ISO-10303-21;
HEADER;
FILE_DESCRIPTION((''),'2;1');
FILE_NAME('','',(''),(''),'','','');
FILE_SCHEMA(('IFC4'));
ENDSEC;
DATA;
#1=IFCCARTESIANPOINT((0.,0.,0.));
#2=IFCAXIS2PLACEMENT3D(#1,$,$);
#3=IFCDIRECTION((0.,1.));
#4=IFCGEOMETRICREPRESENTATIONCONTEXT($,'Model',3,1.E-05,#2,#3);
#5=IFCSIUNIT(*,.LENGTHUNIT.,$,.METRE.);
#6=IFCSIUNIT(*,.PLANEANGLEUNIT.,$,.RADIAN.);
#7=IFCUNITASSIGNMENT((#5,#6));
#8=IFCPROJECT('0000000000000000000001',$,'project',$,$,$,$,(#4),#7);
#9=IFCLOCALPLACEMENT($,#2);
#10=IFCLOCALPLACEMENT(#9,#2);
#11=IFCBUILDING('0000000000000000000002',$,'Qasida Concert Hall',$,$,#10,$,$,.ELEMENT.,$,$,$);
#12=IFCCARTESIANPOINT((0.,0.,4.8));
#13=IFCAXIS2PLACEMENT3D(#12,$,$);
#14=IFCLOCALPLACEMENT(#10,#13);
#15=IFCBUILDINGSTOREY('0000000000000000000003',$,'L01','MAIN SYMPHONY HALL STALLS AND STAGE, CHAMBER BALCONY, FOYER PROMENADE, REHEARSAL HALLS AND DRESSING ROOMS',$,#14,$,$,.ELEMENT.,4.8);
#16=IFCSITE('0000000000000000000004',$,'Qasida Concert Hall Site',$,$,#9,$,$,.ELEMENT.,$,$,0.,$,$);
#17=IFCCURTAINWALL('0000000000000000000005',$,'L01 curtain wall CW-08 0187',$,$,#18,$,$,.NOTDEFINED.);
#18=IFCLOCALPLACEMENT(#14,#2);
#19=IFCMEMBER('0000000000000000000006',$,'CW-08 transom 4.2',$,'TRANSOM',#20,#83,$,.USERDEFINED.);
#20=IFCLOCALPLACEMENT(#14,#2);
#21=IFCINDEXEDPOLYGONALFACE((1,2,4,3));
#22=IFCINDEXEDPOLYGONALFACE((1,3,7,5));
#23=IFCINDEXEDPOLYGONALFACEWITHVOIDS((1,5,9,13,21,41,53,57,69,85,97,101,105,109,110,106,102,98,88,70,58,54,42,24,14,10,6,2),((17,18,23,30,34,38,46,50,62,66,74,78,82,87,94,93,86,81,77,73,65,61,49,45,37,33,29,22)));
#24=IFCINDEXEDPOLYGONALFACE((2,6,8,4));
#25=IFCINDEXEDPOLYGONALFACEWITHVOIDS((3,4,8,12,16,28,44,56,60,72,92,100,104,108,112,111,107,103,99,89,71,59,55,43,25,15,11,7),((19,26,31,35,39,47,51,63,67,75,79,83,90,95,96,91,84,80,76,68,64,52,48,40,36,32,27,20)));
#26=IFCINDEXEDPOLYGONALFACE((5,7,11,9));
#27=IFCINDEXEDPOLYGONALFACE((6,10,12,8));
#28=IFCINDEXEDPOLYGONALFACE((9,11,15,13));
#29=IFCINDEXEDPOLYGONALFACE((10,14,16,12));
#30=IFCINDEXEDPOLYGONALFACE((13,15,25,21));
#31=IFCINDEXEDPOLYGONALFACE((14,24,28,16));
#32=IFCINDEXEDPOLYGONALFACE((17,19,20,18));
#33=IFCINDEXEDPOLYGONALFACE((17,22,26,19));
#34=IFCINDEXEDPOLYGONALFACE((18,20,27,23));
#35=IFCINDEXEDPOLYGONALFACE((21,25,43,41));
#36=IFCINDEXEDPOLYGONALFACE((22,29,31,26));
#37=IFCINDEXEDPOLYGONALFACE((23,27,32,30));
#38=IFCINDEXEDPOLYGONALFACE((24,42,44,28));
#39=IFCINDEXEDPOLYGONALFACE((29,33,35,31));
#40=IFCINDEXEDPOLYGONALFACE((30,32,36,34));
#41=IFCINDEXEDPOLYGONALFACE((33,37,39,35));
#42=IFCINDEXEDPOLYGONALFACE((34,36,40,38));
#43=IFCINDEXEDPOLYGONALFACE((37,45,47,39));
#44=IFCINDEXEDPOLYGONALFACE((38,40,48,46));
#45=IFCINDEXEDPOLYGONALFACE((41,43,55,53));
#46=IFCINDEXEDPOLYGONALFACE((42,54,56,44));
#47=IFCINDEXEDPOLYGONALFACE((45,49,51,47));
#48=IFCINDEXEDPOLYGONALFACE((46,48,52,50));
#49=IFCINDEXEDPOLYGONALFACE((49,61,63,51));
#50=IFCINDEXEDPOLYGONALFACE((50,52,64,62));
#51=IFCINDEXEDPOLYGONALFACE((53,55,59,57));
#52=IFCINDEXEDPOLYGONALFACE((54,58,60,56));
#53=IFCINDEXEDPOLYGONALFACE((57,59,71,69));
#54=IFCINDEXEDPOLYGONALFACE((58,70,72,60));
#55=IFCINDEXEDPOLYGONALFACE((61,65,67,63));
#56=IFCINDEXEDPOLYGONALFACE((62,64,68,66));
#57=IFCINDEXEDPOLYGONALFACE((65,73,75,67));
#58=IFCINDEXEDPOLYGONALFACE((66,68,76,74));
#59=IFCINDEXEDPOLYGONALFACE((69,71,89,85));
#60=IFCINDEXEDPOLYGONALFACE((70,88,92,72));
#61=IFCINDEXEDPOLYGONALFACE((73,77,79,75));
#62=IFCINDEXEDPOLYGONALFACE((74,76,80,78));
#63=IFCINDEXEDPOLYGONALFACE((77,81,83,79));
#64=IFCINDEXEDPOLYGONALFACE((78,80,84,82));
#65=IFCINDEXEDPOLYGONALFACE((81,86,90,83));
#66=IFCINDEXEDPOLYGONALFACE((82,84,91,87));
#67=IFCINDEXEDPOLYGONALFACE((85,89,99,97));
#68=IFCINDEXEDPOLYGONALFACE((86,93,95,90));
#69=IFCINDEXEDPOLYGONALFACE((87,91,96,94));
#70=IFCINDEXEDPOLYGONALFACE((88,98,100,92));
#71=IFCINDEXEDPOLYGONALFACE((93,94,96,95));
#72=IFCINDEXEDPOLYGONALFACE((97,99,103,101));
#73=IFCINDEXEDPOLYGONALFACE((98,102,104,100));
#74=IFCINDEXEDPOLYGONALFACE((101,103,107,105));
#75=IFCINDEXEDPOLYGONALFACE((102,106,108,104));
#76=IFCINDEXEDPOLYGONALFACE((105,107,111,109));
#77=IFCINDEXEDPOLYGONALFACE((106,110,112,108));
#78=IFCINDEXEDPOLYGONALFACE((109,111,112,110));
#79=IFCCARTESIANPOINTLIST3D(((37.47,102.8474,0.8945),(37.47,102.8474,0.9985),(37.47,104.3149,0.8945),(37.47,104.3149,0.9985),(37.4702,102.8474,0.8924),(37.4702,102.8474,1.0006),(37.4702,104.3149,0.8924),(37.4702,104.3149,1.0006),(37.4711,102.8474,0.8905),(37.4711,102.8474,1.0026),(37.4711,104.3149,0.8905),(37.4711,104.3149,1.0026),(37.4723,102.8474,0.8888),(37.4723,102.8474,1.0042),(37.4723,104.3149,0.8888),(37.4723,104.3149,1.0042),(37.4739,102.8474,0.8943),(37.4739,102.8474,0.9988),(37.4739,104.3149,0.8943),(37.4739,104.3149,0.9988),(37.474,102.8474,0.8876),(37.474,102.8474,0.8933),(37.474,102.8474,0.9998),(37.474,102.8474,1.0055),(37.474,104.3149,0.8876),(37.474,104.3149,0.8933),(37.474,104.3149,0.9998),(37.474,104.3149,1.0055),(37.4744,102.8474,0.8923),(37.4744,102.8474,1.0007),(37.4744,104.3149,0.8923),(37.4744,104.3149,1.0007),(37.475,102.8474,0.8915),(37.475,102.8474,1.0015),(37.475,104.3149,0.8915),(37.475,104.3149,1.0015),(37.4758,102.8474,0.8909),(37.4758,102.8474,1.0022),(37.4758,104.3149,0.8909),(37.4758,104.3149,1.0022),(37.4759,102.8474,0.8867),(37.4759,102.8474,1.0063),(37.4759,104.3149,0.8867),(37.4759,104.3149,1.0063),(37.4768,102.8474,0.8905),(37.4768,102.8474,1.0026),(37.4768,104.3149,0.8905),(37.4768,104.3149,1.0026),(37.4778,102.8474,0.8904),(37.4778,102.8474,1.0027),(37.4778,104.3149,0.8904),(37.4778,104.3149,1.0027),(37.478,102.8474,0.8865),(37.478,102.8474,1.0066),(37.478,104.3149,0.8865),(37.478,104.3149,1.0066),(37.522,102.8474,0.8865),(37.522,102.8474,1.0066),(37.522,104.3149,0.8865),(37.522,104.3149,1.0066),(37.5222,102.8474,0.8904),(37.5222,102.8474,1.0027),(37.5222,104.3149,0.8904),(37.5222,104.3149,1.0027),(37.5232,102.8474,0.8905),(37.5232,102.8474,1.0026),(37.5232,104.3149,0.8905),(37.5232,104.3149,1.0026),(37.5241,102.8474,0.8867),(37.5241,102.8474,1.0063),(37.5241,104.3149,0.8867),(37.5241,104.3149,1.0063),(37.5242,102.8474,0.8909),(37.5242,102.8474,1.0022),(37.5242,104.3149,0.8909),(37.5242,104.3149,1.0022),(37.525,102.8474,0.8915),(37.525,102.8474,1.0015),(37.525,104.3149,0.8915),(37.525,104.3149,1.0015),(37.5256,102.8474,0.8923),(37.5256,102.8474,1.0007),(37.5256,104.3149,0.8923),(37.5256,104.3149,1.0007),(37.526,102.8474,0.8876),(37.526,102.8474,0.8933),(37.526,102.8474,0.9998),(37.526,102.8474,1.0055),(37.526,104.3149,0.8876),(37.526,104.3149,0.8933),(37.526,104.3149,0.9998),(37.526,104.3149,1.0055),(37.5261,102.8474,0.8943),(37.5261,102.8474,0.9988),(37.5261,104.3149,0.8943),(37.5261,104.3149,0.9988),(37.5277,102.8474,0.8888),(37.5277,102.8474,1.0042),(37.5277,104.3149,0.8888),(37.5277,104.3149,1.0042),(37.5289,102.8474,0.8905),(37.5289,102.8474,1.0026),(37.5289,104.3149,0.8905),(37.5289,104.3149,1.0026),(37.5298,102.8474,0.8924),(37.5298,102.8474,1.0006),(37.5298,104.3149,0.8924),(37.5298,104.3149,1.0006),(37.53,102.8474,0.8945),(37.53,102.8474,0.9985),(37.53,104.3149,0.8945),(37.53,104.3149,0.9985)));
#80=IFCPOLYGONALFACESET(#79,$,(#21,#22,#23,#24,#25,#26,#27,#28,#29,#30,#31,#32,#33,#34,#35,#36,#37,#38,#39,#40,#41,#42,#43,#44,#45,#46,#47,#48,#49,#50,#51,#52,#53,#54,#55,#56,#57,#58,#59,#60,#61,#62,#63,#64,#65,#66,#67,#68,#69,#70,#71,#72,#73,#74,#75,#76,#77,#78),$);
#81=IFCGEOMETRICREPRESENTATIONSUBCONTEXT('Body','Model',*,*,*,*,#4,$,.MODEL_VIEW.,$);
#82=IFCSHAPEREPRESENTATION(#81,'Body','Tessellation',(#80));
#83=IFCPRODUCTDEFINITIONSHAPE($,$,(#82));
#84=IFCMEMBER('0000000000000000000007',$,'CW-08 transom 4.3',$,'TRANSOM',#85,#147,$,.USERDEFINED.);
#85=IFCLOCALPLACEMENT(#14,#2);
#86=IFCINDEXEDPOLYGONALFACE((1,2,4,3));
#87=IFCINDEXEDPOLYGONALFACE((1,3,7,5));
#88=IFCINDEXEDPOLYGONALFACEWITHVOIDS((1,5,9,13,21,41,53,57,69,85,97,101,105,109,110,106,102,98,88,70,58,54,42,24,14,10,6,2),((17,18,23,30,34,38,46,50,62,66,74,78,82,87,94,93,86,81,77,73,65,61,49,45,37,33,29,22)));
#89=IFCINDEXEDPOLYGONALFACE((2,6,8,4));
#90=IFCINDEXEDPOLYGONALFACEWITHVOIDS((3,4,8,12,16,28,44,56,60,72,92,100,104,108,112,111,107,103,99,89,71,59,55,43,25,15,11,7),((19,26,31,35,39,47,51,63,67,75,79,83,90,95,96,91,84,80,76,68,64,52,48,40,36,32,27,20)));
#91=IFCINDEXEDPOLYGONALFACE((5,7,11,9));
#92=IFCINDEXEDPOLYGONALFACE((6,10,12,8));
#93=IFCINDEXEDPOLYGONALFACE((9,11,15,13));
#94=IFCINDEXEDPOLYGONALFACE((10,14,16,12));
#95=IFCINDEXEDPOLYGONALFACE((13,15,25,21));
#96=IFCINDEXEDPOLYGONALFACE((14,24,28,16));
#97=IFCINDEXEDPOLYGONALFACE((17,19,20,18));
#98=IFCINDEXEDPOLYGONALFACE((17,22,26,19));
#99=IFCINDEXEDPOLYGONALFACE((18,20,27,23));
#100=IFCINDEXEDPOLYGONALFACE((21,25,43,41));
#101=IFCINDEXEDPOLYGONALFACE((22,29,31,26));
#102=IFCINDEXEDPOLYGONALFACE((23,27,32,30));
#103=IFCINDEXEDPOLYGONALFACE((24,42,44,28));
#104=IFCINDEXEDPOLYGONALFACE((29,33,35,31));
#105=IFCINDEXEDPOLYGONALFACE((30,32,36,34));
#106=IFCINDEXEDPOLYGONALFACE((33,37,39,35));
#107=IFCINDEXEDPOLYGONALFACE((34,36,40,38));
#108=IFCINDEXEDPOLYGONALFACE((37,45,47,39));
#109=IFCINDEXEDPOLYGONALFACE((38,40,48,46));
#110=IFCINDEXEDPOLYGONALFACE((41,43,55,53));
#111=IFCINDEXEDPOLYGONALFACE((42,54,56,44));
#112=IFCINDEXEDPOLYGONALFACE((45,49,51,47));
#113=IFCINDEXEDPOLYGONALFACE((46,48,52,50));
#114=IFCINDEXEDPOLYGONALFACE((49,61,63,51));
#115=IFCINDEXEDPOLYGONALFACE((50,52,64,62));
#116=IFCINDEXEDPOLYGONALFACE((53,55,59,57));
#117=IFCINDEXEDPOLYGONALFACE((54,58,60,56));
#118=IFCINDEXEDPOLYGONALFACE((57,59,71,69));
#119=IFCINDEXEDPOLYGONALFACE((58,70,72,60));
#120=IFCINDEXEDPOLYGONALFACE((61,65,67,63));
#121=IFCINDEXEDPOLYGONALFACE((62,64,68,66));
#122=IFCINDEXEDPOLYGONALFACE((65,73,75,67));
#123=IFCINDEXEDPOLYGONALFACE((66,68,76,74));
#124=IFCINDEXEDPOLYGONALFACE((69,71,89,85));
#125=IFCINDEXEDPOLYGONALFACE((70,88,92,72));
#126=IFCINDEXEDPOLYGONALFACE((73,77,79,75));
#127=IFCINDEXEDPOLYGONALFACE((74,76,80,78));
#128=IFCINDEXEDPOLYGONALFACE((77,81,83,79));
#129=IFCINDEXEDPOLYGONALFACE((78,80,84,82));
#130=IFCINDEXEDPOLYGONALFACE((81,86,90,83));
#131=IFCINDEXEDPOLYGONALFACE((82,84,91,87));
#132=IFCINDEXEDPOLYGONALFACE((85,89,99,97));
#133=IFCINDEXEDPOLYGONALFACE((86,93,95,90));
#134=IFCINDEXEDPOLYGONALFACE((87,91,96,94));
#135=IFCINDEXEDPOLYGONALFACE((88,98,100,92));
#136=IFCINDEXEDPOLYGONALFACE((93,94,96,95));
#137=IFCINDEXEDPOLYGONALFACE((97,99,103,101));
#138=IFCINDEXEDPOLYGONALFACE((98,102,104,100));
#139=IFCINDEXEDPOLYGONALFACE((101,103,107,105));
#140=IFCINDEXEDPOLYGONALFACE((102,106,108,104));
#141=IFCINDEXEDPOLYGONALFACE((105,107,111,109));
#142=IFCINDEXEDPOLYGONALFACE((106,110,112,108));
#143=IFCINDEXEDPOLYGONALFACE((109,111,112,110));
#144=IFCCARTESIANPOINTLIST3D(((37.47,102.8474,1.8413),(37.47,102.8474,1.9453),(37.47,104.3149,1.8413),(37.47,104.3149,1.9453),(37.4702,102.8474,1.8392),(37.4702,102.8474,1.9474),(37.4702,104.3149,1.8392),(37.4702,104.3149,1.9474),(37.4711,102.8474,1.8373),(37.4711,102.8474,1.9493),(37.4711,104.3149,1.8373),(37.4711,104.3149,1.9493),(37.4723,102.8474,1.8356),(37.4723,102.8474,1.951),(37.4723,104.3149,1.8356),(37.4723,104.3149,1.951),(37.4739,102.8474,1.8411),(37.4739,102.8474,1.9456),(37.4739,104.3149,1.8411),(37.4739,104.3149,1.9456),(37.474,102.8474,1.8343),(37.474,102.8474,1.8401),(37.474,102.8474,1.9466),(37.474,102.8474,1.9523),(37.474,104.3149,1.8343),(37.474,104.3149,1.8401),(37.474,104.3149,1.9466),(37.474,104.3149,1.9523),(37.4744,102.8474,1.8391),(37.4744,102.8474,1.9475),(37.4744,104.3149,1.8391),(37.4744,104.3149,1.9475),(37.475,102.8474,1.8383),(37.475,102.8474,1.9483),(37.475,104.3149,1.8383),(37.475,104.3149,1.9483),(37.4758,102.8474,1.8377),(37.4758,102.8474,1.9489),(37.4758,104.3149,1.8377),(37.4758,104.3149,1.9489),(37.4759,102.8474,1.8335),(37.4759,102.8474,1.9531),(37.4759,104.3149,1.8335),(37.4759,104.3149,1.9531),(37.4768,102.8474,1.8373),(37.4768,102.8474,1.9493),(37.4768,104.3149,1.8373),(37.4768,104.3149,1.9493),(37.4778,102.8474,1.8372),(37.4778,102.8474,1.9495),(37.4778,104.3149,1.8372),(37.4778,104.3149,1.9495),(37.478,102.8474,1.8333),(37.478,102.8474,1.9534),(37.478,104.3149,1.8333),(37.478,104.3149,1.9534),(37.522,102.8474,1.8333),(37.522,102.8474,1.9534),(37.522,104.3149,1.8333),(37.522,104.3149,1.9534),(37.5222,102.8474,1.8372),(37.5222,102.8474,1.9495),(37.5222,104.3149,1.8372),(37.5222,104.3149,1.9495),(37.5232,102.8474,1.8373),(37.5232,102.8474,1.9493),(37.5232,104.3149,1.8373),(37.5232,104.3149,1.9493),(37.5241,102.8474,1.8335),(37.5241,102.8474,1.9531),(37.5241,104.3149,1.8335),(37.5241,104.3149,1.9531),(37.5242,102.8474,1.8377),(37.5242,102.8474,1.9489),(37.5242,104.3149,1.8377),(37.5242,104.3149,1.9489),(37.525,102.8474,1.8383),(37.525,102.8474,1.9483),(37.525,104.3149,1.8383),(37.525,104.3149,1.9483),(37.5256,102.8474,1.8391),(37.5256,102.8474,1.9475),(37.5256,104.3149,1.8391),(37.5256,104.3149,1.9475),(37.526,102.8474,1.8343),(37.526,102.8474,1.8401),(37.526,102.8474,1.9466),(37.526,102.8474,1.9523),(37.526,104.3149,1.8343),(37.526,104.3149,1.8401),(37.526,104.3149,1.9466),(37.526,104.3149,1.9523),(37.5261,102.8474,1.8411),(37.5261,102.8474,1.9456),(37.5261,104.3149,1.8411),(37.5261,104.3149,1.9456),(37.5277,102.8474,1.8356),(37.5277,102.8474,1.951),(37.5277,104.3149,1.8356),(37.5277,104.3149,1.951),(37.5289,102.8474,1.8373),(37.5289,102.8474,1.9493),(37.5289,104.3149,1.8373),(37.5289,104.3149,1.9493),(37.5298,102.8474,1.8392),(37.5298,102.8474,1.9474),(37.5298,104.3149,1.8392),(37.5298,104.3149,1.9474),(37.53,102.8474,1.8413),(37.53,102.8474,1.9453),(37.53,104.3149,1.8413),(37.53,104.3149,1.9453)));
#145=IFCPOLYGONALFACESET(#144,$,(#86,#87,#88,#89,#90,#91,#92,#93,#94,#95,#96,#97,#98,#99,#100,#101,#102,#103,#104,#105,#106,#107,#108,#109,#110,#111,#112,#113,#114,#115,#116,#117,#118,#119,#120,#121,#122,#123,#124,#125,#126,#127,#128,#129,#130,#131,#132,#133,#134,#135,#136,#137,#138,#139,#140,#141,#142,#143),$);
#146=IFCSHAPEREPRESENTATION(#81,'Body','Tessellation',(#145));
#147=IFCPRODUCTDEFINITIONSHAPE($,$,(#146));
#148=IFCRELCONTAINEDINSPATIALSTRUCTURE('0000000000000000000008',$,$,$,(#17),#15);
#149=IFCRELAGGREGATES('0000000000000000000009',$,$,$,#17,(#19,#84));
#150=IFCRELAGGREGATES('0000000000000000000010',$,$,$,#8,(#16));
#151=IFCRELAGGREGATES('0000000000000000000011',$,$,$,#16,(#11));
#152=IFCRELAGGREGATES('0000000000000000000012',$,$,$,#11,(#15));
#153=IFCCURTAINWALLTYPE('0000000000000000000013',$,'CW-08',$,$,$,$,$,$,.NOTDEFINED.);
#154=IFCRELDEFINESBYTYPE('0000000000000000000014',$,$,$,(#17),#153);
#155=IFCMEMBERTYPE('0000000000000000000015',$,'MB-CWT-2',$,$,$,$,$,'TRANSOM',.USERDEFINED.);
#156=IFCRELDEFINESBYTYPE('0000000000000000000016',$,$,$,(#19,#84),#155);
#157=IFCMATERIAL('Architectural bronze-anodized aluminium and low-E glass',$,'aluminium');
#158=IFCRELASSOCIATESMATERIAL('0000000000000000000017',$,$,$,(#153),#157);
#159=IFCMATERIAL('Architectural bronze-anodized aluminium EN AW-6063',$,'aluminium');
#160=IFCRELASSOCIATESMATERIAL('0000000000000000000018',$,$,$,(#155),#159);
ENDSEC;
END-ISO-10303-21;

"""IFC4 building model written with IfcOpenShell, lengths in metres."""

from ifc_helpers import new_model, si_unit, direction, frame, origin, origin_2d, place, context, subcontext, project, spatial, hollow_rectangle, extrude, material, material_profile, profile_set, type_object, element, aggregate, save


model = new_model("IFC4")

# Units and contexts
model_context = context("Model", 3, precision=1e-05, world=origin(), true_north=direction((0.0, 1.0)))
body_context = subcontext(model_context, "Body", "Model", "MODEL_VIEW")
ifc_project = project(units=[si_unit("LENGTHUNIT", "METRE"), si_unit("PLANEANGLEUNIT", "RADIAN")], contexts=[model_context])

# Site, building, storey
site_placement = place(None, origin())
site = spatial("IfcSite", under=ifc_project, at=site_placement, Name="Qasida Concert Hall Site", CompositionType="ELEMENT", RefElevation=0.0)
building_placement = place(site_placement, origin())
building = spatial("IfcBuilding", under=site, at=building_placement, Name="Qasida Concert Hall", CompositionType="ELEMENT")
storey_placement = place(building_placement, frame((0.0, 0.0, 4.8)))
storey = spatial("IfcBuildingStorey", under=building, at=storey_placement, Name="L01", Description="MAIN SYMPHONY HALL STALLS AND STAGE, CHAMBER BALCONY, FOYER PROMENADE, REHEARSAL HALLS AND DRESSING ROOMS", CompositionType="ELEMENT", Elevation=4.8)

# Curtain wall, members
ifc_material_1 = material(Name="Architectural bronze-anodized aluminium and low-E glass", Category="aluminium")
curtain_wall_type = type_object("IfcCurtainWallType", Name="CW-08", PredefinedType="NOTDEFINED", material=ifc_material_1)
curtain_wall_placement = place(storey_placement, origin())
curtain_wall = element("IfcCurtainWall", 1, at=curtain_wall_placement, inside=storey, type_object=curtain_wall_type, Name="L01 curtain wall CW-08 0187", PredefinedType="NOTDEFINED")
ifc_material_2 = material(Name="Architectural bronze-anodized aluminium EN AW-6063", Category="aluminium")
ifc_material_profile_1 = material_profile(ifc_material_2, hollow_rectangle(XDim=0.0601, YDim=0.1201, WallThickness=0.0039, InnerFilletRadius=0.0039, OuterFilletRadius=0.0081, at=origin_2d()), Name="CWT 120x60x4")
ifc_profile_set_1 = profile_set([ifc_material_profile_1], Name="Architectural bronze-anodized aluminium EN AW-6063")
member_type_1 = type_object("IfcMemberType", Name="MB-CWT-2", ElementType="TRANSOM", PredefinedType="USERDEFINED", material=ifc_profile_set_1)
member_1_placement = place(storey_placement, frame((37.5, 102.8474, 0.9465), z_axis=(0.0, 1.0, 0.0), x_axis=(-1.0, 0.0, 0.0)))
member_1 = element("IfcMember", 2, at=member_1_placement, type_object=member_type_1, Name="CW-08 transom 4.2", ObjectType="TRANSOM", PredefinedType="USERDEFINED", context=body_context, shape_type="SweptSolid", body=[
    extrude(hollow_rectangle(XDim=0.0601, YDim=0.1201, WallThickness=0.0039, InnerFilletRadius=0.0039, OuterFilletRadius=0.0081, at=origin_2d()), origin(), (0.0, 0.0, 1.0), 1.4675),
])
member_2_placement = place(storey_placement, frame((37.5, 102.8474, 1.8933), z_axis=(0.0, 1.0, 0.0), x_axis=(-1.0, 0.0, 0.0)))
member_2 = element("IfcMember", 3, at=member_2_placement, type_object=member_type_1, Name="CW-08 transom 4.3", ObjectType="TRANSOM", PredefinedType="USERDEFINED", context=body_context, shape_type="SweptSolid", body=[
    extrude(hollow_rectangle(XDim=0.0601, YDim=0.1201, WallThickness=0.0039, InnerFilletRadius=0.0039, OuterFilletRadius=0.0081, at=origin_2d()), origin(), (0.0, 0.0, 1.0), 1.4675),
])
aggregate(curtain_wall, [member_1, member_2])

save(model, "model.ifc")
